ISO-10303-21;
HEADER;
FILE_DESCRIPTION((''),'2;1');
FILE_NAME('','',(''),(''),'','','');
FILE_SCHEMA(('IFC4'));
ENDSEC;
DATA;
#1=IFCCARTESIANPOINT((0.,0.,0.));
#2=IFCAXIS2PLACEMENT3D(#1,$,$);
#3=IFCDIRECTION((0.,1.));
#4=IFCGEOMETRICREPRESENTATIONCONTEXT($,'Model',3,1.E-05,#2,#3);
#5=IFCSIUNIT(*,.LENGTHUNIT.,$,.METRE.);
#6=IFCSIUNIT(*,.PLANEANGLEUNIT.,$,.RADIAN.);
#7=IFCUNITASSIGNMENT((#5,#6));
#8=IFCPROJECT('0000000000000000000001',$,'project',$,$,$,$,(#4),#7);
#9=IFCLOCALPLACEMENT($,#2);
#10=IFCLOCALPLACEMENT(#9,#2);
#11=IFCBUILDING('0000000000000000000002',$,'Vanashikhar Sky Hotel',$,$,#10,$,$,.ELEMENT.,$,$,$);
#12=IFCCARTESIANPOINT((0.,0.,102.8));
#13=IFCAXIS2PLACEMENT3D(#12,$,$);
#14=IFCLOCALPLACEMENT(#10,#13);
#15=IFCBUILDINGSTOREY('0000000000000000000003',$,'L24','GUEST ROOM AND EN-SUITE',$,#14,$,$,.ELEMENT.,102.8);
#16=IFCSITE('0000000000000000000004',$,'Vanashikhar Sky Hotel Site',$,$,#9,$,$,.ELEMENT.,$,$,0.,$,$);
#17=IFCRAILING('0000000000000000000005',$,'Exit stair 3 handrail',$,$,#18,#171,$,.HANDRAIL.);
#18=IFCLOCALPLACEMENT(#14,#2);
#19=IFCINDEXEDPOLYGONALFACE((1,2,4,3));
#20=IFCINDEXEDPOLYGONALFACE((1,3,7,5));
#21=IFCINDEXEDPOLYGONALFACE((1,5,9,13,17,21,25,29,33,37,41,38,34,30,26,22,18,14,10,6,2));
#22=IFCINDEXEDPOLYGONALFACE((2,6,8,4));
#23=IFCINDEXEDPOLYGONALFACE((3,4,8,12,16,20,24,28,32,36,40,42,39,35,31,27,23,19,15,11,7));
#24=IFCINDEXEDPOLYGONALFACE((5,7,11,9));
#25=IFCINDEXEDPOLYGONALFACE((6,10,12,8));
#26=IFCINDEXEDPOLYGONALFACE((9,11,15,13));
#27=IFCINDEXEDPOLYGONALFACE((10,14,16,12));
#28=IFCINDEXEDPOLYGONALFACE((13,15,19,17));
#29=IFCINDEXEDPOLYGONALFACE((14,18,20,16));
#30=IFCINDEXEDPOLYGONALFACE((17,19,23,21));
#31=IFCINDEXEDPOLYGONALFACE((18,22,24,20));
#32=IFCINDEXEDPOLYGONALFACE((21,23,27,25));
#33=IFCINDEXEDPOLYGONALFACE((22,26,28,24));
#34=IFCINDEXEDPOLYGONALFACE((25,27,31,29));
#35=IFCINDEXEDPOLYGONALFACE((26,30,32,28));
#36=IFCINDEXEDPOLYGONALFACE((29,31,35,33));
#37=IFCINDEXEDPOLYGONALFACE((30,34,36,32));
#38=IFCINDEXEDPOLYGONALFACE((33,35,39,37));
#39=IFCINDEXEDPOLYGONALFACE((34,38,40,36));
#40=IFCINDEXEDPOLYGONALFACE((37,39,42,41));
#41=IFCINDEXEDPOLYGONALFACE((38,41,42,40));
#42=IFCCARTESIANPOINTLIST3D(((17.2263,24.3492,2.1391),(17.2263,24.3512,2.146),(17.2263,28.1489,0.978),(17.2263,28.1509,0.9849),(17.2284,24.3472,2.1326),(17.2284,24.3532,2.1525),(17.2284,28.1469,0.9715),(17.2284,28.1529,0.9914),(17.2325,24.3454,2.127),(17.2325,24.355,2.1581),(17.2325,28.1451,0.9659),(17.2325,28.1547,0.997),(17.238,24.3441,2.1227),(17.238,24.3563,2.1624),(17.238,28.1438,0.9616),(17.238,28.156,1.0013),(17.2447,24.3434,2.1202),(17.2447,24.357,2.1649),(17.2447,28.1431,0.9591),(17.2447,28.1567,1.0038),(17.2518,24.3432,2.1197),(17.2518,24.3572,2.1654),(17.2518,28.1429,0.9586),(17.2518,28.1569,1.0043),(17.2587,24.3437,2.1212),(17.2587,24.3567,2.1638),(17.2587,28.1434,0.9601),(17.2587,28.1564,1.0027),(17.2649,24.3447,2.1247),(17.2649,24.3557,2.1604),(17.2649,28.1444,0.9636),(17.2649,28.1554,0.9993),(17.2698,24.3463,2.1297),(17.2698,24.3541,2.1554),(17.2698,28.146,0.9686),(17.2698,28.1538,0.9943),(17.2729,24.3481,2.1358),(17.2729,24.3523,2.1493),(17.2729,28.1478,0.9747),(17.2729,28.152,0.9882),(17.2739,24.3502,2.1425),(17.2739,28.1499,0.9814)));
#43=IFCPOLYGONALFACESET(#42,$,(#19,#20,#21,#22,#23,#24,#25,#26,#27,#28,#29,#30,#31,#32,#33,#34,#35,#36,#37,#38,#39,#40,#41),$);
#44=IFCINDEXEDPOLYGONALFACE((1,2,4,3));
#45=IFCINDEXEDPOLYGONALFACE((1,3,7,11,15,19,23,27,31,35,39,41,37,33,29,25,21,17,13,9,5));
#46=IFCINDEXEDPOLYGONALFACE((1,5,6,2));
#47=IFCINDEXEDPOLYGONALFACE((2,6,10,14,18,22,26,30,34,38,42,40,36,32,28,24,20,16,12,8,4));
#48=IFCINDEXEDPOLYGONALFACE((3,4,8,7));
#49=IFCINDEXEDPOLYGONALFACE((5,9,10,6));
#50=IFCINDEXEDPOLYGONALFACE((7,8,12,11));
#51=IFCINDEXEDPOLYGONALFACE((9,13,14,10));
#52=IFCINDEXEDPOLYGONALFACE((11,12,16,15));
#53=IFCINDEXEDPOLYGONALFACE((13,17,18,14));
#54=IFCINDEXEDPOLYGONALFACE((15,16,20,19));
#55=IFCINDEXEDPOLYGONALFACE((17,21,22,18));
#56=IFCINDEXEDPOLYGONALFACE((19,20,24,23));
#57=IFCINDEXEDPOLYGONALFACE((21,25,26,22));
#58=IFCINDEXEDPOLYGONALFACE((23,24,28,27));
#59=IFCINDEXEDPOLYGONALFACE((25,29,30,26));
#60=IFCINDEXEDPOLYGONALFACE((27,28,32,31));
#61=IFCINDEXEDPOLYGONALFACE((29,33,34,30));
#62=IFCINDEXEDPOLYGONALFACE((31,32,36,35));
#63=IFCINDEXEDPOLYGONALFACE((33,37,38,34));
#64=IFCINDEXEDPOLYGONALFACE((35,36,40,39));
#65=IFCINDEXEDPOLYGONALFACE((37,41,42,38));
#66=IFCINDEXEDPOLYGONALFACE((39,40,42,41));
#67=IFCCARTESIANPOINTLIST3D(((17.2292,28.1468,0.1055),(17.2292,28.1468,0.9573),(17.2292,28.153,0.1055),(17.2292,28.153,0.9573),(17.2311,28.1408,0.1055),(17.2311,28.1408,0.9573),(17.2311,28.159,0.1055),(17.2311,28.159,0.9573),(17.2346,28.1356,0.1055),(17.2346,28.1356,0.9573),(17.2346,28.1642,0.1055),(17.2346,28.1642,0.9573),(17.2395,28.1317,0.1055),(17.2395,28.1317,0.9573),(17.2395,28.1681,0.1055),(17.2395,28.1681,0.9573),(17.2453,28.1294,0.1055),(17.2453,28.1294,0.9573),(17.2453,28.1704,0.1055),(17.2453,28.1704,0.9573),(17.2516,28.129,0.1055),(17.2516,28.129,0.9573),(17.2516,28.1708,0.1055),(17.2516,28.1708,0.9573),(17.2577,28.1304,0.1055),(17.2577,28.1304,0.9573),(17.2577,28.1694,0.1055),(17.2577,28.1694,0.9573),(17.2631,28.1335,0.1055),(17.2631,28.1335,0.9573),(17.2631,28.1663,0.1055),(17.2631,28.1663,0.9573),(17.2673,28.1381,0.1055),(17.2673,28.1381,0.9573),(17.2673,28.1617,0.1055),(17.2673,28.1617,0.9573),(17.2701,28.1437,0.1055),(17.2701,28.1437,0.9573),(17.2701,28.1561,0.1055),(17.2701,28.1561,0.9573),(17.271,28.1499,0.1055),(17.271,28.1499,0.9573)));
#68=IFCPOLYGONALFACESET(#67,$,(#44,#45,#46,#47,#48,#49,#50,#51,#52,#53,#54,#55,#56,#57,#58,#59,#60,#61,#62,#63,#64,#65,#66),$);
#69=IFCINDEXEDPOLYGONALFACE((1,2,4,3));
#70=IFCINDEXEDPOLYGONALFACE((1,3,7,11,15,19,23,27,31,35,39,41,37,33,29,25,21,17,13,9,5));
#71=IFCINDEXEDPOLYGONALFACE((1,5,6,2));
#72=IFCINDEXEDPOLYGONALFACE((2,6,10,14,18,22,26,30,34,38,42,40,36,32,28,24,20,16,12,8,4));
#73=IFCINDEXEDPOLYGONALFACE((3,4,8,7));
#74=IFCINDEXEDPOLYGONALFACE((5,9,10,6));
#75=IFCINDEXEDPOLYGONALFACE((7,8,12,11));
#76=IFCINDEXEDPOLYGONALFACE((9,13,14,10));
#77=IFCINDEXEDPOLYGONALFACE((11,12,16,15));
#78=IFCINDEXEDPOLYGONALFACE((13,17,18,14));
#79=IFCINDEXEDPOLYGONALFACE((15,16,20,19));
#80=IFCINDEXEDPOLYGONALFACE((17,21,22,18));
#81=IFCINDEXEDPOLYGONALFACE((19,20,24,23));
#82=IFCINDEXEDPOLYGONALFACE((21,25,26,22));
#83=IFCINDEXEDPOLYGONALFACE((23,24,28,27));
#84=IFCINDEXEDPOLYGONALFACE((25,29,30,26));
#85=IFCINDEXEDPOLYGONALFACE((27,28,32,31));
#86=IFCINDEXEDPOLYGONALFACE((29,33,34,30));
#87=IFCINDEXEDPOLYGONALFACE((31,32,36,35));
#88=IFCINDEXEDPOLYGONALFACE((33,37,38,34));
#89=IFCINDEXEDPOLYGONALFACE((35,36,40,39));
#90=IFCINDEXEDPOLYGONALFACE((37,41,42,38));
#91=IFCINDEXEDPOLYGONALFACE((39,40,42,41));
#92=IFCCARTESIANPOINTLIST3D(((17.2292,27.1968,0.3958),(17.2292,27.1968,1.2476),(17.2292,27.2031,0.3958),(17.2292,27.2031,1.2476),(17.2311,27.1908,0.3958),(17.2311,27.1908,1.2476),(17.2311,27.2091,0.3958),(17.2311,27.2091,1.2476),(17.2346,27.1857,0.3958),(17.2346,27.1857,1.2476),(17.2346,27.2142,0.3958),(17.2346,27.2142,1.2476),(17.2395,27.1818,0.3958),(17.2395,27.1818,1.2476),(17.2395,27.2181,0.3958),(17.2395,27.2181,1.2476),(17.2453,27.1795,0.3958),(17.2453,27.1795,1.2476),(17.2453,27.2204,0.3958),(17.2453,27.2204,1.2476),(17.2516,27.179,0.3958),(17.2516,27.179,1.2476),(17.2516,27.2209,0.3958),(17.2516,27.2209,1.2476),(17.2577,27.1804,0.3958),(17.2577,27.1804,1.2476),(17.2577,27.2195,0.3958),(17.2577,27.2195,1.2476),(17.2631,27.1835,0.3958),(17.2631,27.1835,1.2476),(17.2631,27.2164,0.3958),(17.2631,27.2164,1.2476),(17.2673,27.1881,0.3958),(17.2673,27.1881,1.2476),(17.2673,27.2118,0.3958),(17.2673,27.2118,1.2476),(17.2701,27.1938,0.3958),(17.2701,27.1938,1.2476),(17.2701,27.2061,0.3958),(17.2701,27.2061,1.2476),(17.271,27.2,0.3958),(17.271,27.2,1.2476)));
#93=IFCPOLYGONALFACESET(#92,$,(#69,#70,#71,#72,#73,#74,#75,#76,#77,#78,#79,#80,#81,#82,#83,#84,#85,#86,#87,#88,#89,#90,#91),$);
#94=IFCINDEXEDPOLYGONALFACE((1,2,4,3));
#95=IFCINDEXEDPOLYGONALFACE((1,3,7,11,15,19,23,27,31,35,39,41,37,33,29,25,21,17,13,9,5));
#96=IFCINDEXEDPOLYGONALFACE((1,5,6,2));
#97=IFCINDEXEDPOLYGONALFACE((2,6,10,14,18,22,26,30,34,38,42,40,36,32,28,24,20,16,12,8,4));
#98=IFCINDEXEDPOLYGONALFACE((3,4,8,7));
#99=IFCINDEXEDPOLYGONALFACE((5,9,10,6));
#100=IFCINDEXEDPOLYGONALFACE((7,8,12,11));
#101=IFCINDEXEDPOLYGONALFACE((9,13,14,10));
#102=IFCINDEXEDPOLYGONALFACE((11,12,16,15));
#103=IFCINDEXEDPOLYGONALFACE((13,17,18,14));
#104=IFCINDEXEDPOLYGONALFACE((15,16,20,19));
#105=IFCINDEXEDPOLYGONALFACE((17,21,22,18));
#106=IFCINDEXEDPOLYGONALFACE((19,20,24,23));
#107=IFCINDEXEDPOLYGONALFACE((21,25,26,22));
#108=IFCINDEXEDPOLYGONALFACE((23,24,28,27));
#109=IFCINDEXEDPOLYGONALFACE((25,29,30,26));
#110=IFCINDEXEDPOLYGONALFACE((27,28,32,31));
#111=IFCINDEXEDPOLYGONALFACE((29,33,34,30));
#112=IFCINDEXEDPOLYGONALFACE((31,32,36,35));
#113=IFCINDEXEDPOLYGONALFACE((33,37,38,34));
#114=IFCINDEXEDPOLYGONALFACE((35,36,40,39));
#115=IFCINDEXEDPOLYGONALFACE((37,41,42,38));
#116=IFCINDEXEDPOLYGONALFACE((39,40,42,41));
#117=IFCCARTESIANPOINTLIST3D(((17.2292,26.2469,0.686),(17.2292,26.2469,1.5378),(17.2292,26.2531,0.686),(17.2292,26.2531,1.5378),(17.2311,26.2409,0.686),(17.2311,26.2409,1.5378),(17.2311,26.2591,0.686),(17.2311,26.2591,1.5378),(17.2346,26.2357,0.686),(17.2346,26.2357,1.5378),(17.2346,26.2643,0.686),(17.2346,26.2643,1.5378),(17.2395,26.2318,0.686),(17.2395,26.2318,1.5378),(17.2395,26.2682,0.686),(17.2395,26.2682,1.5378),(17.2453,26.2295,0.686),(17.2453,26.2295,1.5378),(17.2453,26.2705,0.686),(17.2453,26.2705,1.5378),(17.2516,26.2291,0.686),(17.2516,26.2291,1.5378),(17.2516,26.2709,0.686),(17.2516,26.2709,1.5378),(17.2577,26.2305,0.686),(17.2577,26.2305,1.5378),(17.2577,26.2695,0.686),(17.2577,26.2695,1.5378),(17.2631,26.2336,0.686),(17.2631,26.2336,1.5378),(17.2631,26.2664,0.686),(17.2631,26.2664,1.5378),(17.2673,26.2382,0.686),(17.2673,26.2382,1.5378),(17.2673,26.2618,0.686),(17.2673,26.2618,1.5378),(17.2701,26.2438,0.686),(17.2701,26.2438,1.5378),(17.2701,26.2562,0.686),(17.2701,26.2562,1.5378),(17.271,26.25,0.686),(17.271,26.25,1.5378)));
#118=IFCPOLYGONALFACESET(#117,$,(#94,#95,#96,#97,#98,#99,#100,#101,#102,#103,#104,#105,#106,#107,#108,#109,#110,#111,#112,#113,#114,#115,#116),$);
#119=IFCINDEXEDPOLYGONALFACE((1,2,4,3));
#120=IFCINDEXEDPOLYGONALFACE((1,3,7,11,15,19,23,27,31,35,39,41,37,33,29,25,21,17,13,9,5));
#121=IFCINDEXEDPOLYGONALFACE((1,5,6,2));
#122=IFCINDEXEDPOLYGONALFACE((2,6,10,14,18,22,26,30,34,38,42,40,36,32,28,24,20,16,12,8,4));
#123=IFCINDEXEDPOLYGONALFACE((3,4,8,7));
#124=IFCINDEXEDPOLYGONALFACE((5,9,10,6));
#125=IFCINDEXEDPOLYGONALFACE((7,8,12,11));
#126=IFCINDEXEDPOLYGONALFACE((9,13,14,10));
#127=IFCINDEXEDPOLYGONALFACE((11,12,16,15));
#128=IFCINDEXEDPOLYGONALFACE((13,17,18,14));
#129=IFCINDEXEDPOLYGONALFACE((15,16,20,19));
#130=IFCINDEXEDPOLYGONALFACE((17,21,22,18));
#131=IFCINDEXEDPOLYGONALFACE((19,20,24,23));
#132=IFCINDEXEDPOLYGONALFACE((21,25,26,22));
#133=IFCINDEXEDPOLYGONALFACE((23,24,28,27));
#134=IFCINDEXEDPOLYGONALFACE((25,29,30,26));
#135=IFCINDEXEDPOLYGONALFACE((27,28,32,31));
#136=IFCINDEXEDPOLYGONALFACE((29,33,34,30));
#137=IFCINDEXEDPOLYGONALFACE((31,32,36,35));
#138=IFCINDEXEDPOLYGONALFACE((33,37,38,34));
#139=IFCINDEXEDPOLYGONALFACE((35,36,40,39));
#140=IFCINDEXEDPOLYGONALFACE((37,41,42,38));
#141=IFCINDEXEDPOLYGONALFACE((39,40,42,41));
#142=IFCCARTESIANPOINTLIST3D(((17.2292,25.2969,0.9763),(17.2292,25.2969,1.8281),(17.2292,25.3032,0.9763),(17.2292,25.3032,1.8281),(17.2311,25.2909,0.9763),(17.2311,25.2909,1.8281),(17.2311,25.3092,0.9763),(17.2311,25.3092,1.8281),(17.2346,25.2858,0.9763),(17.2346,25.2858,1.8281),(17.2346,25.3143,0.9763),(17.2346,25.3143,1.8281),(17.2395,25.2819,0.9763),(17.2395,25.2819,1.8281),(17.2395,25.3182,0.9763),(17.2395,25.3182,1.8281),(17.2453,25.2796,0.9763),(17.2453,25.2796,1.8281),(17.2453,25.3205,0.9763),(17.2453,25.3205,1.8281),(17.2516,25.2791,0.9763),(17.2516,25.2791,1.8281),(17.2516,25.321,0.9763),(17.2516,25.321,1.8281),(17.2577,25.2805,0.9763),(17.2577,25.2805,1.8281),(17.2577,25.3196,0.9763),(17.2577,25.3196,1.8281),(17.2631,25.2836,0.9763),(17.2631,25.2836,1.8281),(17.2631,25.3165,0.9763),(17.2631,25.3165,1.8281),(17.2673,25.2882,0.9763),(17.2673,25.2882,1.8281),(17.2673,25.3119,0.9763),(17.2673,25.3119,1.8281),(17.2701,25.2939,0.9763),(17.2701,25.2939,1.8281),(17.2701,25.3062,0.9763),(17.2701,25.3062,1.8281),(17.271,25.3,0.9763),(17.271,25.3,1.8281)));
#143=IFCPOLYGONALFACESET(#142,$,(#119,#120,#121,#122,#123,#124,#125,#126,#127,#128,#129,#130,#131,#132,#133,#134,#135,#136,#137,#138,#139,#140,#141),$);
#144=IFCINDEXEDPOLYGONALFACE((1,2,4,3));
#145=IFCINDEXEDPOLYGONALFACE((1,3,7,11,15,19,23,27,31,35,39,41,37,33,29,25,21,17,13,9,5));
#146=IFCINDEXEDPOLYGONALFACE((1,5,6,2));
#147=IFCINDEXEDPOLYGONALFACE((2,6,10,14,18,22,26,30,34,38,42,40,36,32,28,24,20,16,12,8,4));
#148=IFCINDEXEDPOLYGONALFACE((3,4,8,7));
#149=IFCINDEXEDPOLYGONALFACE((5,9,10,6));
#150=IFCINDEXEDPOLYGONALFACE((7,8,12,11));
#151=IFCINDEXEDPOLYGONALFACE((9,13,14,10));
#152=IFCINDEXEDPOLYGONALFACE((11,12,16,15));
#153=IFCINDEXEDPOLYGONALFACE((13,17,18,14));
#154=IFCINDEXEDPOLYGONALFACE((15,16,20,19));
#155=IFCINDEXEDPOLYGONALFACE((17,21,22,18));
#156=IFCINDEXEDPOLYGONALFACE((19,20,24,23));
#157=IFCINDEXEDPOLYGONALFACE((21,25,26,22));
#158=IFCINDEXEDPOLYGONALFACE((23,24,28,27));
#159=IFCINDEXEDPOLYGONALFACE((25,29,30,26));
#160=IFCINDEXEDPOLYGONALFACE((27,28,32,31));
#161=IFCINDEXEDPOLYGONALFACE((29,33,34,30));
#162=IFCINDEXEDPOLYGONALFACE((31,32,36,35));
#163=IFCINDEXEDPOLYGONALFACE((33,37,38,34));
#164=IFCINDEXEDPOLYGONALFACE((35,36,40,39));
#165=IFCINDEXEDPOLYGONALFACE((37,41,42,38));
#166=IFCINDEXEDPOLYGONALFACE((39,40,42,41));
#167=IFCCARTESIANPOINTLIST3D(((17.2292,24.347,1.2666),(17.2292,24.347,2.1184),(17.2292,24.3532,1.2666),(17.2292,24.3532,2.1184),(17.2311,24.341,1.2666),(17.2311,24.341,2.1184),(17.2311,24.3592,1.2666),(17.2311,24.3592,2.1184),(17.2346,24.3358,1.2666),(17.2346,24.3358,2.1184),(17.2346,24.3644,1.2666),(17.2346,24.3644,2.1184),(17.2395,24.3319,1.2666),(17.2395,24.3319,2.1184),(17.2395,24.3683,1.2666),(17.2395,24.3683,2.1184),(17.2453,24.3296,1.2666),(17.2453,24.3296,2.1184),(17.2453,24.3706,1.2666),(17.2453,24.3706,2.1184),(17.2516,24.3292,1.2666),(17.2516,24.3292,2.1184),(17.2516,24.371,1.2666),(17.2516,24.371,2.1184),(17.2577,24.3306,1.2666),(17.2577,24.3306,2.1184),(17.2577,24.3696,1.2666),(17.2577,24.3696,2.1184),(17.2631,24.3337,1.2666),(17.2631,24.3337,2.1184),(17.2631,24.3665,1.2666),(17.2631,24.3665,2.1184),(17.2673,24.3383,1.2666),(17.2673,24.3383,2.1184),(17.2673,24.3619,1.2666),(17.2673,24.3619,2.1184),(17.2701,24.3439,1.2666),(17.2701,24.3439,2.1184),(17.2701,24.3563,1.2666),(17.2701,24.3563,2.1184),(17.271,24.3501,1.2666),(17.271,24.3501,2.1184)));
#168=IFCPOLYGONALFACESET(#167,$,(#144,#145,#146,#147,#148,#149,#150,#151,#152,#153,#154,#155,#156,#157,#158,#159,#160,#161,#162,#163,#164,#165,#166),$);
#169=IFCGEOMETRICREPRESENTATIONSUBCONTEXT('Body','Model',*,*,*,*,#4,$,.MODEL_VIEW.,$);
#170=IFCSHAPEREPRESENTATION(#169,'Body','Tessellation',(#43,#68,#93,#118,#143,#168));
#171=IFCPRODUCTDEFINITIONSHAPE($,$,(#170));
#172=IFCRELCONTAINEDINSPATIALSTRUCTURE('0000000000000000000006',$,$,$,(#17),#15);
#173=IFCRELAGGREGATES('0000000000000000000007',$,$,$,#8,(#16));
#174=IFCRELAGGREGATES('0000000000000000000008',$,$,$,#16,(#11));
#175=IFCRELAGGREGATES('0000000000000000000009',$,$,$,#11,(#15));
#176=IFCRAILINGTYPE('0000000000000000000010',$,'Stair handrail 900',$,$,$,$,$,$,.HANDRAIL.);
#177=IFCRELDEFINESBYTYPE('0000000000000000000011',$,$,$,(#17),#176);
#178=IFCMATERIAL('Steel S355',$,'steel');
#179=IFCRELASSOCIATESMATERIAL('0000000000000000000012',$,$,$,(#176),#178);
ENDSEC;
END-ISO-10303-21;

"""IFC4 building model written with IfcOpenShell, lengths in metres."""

from ifc_helpers import new_model, si_unit, direction, frame, origin, origin_2d, place, context, subcontext, project, spatial, circle, extrude, source, transform, mapped, material, type_object, element, save


model = new_model("IFC4")

# Units and contexts
model_context = context("Model", 3, precision=1e-05, world=origin(), true_north=direction((0.0, 1.0)))
body_context = subcontext(model_context, "Body", "Model", "MODEL_VIEW")
ifc_project = project(units=[si_unit("LENGTHUNIT", "METRE"), si_unit("PLANEANGLEUNIT", "RADIAN")], contexts=[model_context])

# Site, building, storey
site_placement = place(None, origin())
site = spatial("IfcSite", under=ifc_project, at=site_placement, Name="Vanashikhar Sky Hotel Site", CompositionType="ELEMENT", RefElevation=0.0)
building_placement = place(site_placement, origin())
building = spatial("IfcBuilding", under=site, at=building_placement, Name="Vanashikhar Sky Hotel", CompositionType="ELEMENT")
storey_placement = place(building_placement, frame((0.0, 0.0, 102.8)))
storey = spatial("IfcBuildingStorey", under=building, at=storey_placement, Name="L24", Description="GUEST ROOM AND EN-SUITE", CompositionType="ELEMENT", Elevation=102.8)

# Railing
ifc_material_1 = material(Name="Steel S355", Category="steel")
railing_type = type_object("IfcRailingType", Name="Stair handrail 900", PredefinedType="HANDRAIL", material=ifc_material_1)
shared_shape_1 = source(origin(), body_context, "Body", "SweptSolid", [
    extrude(circle(Radius=0.0239, at=origin_2d()), frame((0.0, 0.0, 0.876), z_axis=(0.0, -0.956346, 0.292237), x_axis=(1.0, 0.0, 0.0)), (0.0, 0.0, 1.0), 3.9731),
    extrude(circle(Radius=0.021, at=origin_2d()), origin(), (0.0, 0.0, 1.0), 0.8518),
    extrude(circle(Radius=0.021, at=origin_2d()), frame((0.0, -0.95, 0.2903)), (0.0, 0.0, 1.0), 0.8518),
    extrude(circle(Radius=0.021, at=origin_2d()), frame((0.0, -1.8999, 0.5806)), (0.0, 0.0, 1.0), 0.8518),
    extrude(circle(Radius=0.021, at=origin_2d()), frame((0.0, -2.8499, 0.8708)), (0.0, 0.0, 1.0), 0.8518),
    extrude(circle(Radius=0.021, at=origin_2d()), frame((0.0, -3.7998, 1.1611)), (0.0, 0.0, 1.0), 0.8518),
])
for number, where, name in (
    (1, (17.25, 28.1499, 0.1055), "Exit stair 3 handrail"),
):
    element("IfcRailing", number, at=place(storey_placement, frame(where)), inside=storey, type_object=railing_type, Name=name, PredefinedType="HANDRAIL", context=body_context, shape_type="MappedRepresentation", body=[
        mapped(shared_shape_1, transform((0.0, 0.0, 0.0), scale=1.0)),
    ])

save(model, "model.ifc")
